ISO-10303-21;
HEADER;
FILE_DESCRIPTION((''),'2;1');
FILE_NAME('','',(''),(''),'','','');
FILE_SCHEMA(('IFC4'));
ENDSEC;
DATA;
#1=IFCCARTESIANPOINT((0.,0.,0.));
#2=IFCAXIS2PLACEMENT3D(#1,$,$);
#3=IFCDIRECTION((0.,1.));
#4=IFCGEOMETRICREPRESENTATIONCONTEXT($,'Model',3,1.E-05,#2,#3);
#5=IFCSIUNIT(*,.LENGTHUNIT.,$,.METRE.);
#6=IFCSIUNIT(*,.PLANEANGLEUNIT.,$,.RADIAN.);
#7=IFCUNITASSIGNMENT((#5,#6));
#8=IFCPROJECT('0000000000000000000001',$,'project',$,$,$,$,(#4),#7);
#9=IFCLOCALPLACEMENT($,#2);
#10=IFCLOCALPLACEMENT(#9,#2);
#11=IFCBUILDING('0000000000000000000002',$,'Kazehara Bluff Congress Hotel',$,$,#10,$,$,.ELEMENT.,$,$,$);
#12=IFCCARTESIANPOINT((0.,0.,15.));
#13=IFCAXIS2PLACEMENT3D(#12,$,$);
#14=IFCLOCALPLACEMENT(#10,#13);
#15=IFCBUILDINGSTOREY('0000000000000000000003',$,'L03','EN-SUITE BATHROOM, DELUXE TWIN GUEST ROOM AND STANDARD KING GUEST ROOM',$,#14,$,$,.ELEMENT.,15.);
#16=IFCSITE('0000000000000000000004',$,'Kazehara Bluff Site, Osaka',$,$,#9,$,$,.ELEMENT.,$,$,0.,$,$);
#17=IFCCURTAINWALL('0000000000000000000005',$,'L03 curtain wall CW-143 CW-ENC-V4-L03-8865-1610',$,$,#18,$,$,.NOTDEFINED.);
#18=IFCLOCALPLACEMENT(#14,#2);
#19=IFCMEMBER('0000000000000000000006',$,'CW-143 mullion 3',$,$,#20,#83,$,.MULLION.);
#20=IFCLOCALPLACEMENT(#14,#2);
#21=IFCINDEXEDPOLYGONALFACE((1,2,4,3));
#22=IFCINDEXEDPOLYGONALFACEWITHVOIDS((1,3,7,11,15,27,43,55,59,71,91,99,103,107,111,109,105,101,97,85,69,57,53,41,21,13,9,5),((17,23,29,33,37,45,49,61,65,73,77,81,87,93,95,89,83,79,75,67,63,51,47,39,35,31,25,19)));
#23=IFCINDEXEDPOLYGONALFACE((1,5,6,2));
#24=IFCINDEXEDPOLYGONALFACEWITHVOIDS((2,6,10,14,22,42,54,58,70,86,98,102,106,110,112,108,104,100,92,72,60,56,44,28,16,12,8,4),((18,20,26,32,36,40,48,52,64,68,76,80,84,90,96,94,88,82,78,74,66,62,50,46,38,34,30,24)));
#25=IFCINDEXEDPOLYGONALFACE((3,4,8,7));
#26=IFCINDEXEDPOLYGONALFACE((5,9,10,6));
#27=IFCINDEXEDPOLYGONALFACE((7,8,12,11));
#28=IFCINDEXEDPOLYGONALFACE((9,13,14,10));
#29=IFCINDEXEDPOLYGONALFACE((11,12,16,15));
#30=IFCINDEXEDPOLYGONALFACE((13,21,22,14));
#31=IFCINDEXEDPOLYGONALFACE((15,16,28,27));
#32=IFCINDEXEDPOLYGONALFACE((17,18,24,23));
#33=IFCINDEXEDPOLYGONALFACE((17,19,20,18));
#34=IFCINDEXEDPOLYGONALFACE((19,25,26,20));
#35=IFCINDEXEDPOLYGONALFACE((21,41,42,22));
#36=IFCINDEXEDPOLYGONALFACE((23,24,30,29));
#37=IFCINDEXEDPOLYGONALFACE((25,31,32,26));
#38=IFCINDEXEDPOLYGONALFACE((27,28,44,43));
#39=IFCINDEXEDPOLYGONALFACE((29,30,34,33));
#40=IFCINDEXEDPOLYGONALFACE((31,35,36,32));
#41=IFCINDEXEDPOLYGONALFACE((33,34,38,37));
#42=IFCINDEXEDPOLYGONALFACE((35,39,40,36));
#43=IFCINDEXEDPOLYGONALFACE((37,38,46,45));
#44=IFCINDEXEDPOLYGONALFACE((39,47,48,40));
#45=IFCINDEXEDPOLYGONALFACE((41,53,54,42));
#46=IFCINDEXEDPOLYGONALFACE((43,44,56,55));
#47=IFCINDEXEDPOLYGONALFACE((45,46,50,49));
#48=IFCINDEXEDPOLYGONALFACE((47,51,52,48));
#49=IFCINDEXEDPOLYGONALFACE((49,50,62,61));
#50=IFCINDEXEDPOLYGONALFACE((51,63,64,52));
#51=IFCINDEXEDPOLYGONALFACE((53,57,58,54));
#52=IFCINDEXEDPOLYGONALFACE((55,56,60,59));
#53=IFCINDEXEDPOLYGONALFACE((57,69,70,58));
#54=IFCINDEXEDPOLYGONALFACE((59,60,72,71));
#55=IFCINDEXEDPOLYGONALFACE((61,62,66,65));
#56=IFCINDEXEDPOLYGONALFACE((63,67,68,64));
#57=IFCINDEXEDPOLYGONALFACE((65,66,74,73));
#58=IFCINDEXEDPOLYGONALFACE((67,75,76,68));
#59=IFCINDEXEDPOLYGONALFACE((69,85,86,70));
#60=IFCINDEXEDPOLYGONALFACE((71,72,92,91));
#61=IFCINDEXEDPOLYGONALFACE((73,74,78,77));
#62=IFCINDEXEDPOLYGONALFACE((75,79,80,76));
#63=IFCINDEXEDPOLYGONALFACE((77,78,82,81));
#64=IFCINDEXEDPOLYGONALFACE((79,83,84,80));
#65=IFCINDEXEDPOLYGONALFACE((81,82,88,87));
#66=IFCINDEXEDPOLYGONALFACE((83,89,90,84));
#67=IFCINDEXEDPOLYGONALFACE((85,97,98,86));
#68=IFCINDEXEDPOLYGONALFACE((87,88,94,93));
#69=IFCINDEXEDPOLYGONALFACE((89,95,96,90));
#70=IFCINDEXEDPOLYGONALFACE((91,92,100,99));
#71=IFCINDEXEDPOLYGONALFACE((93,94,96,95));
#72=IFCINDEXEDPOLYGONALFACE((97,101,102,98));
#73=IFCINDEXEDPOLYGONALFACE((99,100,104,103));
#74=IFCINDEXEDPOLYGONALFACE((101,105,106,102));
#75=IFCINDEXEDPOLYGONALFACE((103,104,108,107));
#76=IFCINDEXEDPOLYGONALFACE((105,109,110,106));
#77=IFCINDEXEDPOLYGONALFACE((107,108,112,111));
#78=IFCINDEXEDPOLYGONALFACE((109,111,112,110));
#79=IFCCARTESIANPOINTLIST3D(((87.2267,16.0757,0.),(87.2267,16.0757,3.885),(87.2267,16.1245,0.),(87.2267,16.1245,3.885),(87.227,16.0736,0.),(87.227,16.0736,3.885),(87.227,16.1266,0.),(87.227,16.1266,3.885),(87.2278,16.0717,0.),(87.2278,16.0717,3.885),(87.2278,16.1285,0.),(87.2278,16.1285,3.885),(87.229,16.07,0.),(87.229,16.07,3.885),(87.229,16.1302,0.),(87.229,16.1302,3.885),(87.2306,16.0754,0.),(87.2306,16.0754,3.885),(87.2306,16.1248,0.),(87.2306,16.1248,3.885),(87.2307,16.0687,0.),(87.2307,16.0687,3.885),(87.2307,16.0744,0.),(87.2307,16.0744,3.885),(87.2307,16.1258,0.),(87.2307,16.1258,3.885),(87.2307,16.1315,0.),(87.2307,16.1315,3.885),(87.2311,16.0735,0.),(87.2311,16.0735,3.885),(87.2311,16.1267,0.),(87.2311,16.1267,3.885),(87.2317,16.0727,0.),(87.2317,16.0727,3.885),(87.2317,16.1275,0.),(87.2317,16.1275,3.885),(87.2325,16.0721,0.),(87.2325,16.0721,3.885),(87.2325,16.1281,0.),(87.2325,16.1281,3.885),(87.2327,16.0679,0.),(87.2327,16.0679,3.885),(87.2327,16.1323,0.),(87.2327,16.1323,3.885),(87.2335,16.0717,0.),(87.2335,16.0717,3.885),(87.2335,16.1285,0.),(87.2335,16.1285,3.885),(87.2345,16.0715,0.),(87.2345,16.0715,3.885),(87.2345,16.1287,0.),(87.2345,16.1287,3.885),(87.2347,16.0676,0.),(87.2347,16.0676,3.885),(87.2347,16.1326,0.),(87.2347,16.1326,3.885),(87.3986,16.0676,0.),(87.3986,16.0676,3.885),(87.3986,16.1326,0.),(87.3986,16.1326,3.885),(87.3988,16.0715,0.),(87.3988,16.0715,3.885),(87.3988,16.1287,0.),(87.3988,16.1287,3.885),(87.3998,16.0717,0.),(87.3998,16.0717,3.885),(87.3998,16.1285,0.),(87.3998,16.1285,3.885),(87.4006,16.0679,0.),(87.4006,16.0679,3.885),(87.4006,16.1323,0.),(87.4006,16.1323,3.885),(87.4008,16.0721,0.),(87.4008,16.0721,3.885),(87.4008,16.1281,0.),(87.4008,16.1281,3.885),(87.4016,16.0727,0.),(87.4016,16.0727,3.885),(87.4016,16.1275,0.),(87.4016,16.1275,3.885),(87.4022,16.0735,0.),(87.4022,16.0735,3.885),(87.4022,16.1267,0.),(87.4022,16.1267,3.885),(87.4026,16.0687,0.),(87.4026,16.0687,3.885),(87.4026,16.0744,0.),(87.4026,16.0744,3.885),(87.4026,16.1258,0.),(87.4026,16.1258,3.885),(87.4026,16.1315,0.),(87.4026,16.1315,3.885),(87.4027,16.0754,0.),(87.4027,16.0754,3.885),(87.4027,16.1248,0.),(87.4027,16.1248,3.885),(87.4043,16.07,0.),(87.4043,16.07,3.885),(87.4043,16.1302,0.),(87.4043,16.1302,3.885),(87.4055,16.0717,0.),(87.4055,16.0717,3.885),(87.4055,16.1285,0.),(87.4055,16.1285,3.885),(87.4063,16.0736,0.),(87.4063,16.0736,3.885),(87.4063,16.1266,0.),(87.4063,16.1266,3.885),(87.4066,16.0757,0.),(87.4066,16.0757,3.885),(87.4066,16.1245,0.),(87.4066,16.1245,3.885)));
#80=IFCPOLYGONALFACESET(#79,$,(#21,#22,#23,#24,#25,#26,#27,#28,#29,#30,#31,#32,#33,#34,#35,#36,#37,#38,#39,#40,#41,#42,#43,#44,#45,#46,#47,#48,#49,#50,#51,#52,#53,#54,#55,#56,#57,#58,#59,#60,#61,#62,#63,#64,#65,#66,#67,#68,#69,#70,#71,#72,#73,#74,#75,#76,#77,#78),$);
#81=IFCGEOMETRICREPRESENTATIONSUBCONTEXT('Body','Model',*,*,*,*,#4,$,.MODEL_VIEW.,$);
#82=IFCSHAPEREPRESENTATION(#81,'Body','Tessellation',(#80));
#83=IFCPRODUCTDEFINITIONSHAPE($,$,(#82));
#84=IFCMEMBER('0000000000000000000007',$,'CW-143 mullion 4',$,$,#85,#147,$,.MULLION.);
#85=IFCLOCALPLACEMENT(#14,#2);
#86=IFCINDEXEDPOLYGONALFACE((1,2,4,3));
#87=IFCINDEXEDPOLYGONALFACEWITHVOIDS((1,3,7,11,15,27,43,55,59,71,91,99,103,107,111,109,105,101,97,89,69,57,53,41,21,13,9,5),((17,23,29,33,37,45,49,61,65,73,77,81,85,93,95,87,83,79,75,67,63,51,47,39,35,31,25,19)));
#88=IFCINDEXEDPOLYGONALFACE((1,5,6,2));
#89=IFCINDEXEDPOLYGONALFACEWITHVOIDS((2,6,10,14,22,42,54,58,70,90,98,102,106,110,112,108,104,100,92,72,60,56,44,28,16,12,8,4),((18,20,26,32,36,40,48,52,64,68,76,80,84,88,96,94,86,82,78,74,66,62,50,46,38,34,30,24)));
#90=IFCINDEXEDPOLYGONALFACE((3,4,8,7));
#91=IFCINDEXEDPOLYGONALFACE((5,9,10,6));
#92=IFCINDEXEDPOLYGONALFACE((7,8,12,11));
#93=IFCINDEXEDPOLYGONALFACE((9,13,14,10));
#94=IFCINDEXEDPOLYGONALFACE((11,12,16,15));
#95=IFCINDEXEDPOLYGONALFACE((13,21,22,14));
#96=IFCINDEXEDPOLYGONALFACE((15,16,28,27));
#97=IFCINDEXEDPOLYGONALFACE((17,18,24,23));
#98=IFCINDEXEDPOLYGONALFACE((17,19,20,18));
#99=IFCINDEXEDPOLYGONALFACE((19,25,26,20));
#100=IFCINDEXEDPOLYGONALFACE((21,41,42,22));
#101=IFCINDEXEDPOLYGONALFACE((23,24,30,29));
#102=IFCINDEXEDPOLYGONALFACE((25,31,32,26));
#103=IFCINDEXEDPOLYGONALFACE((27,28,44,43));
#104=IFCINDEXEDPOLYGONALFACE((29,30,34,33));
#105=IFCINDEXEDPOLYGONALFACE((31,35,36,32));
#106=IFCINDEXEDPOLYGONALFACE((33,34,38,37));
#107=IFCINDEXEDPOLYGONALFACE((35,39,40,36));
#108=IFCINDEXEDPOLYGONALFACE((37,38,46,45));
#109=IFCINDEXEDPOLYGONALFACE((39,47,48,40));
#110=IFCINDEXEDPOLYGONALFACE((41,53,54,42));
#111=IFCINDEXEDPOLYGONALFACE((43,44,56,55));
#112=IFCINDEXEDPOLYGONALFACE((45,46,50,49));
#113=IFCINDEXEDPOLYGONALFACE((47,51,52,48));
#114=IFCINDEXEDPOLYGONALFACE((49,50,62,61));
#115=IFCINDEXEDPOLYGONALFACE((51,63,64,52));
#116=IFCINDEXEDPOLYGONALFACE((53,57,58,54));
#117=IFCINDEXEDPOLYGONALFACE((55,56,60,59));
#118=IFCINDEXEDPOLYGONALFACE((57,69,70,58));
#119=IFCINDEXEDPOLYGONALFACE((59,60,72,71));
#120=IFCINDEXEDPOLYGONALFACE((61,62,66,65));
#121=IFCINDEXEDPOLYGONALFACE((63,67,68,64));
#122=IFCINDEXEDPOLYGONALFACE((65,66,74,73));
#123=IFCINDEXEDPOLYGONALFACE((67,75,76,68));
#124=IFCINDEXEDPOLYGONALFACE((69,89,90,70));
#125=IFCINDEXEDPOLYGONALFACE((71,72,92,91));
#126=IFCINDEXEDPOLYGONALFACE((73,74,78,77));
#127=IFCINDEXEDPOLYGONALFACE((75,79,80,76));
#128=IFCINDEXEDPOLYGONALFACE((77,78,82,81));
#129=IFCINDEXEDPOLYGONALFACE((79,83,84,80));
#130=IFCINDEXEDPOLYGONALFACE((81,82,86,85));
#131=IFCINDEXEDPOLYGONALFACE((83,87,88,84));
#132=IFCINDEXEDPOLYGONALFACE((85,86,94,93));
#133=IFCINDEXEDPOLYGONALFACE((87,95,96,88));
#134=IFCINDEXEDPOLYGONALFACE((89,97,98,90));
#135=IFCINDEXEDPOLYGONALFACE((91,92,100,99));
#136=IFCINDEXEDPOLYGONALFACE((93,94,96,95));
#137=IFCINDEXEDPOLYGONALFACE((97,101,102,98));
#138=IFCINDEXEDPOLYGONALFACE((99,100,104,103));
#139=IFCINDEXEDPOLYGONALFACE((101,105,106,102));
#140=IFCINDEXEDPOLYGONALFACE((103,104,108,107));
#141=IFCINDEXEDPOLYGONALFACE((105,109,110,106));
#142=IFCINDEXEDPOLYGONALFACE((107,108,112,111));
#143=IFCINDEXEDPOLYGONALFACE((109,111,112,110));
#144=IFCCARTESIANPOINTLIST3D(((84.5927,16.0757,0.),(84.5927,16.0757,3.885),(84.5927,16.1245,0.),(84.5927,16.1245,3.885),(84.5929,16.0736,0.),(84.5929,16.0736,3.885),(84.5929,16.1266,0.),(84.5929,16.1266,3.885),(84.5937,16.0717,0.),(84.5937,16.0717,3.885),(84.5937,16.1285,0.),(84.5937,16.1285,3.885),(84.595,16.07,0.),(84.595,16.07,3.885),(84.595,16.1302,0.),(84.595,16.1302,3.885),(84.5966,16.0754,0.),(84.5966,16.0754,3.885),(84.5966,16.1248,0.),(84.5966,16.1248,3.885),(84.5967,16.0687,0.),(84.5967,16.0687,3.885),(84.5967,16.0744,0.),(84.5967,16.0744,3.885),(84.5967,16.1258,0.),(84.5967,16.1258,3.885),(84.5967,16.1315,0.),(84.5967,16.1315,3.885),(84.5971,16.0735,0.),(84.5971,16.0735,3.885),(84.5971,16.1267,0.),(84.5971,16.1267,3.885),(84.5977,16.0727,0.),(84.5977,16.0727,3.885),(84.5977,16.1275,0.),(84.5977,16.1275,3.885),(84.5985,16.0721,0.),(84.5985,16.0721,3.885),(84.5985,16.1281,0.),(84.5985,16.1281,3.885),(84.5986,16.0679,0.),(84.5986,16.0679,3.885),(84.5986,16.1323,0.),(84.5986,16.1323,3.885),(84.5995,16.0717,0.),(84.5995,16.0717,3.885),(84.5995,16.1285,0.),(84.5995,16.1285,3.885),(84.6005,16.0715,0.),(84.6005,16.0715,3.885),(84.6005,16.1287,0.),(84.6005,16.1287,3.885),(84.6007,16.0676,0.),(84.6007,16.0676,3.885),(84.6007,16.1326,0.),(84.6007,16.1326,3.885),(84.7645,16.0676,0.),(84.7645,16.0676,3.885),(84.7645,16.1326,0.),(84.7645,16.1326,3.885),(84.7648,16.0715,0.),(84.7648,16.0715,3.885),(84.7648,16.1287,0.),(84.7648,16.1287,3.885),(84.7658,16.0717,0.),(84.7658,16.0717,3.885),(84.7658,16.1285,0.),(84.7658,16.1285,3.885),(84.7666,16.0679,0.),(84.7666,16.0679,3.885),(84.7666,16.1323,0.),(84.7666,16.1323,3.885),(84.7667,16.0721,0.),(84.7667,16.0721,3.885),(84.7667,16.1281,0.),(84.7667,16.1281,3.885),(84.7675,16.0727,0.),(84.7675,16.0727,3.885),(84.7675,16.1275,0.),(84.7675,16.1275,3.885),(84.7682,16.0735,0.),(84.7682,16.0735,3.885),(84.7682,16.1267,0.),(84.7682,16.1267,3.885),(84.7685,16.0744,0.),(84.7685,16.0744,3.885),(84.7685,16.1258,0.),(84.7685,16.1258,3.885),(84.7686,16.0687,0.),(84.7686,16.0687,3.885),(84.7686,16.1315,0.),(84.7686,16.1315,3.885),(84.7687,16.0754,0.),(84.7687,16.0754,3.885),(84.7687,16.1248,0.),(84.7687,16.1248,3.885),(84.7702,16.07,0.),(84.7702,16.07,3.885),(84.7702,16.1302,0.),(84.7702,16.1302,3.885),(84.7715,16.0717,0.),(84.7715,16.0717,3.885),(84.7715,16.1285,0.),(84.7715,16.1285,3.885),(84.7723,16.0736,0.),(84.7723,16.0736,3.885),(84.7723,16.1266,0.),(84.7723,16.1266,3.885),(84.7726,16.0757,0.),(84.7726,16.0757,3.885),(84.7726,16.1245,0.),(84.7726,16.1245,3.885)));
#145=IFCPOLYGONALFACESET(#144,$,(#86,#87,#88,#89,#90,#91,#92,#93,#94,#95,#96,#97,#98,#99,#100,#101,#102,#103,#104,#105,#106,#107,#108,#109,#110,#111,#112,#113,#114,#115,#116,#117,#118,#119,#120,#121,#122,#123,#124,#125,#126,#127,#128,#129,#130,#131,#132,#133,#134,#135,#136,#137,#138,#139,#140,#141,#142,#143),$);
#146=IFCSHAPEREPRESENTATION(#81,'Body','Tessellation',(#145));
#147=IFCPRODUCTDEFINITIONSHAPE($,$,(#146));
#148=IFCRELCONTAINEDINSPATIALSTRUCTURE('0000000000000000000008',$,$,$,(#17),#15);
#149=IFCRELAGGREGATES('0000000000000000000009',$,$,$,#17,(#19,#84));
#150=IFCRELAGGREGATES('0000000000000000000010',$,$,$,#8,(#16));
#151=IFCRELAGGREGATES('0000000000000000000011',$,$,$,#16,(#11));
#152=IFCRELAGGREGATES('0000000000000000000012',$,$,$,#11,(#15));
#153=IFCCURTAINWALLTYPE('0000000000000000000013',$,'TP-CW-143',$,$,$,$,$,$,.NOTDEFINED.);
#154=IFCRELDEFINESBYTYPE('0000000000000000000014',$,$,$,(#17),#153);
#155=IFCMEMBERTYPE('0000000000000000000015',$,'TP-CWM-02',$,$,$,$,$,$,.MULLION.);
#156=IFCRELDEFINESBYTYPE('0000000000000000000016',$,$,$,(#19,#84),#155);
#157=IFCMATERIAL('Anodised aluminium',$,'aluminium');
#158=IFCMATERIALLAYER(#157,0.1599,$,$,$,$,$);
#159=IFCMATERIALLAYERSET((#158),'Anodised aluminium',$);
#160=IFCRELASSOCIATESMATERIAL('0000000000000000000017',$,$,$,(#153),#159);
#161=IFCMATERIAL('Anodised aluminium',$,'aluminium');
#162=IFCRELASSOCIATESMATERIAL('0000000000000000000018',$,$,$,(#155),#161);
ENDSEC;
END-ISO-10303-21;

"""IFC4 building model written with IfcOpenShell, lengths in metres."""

from ifc_helpers import new_model, si_unit, direction, frame, origin, origin_2d, place, context, subcontext, project, spatial, hollow_rectangle, extrude, material, layer, layer_set, material_profile, profile_set, type_object, element, aggregate, save


model = new_model("IFC4")

# Units and contexts
model_context = context("Model", 3, precision=1e-05, world=origin(), true_north=direction((0.0, 1.0)))
body_context = subcontext(model_context, "Body", "Model", "MODEL_VIEW")
ifc_project = project(units=[si_unit("LENGTHUNIT", "METRE"), si_unit("PLANEANGLEUNIT", "RADIAN")], contexts=[model_context])

# Site, building, storey
site_placement = place(None, origin())
site = spatial("IfcSite", under=ifc_project, at=site_placement, Name="Kazehara Bluff Site, Osaka", CompositionType="ELEMENT", RefElevation=0.0)
building_placement = place(site_placement, origin())
building = spatial("IfcBuilding", under=site, at=building_placement, Name="Kazehara Bluff Congress Hotel", CompositionType="ELEMENT")
storey_placement = place(building_placement, frame((0.0, 0.0, 15.0)))
storey = spatial("IfcBuildingStorey", under=building, at=storey_placement, Name="L03", Description="EN-SUITE BATHROOM, DELUXE TWIN GUEST ROOM AND STANDARD KING GUEST ROOM", CompositionType="ELEMENT", Elevation=15.0)

# Curtain wall, members
ifc_material_1 = material(Name="Anodised aluminium", Category="aluminium")
ifc_layer_1 = layer(ifc_material_1, 0.1599)
ifc_layer_set_1 = layer_set([ifc_layer_1], Name="Anodised aluminium")
curtain_wall_type = type_object("IfcCurtainWallType", Name="TP-CW-143", PredefinedType="NOTDEFINED", material=ifc_layer_set_1)
curtain_wall_placement = place(storey_placement, origin())
curtain_wall = element("IfcCurtainWall", 1, at=curtain_wall_placement, inside=storey, type_object=curtain_wall_type, Name="L03 curtain wall CW-143 CW-ENC-V4-L03-8865-1610", PredefinedType="NOTDEFINED")
ifc_material_2 = material(Name="Anodised aluminium", Category="aluminium")
ifc_material_profile_1 = material_profile(ifc_material_2, hollow_rectangle(XDim=0.0649, YDim=0.1799, WallThickness=0.0039, InnerFilletRadius=0.0039, OuterFilletRadius=0.0081, at=origin_2d()))
ifc_profile_set_1 = profile_set([ifc_material_profile_1], Name="Anodised aluminium")
member_type_1 = type_object("IfcMemberType", Name="TP-CWM-02", PredefinedType="MULLION", material=ifc_profile_set_1)
member_1_placement = place(storey_placement, frame((87.3167, 16.1001, 0.0), z_axis=(0.0, 0.0, 1.0), x_axis=(0.0, -1.0, 0.0)))
member_1 = element("IfcMember", 2, at=member_1_placement, type_object=member_type_1, Name="CW-143 mullion 3", PredefinedType="MULLION", context=body_context, shape_type="SweptSolid", body=[
    extrude(hollow_rectangle(XDim=0.0649, YDim=0.1799, WallThickness=0.0039, InnerFilletRadius=0.0039, OuterFilletRadius=0.0081, at=origin_2d()), origin(), (0.0, 0.0, 1.0), 3.885),
])
member_2_placement = place(storey_placement, frame((84.6826, 16.1001, 0.0), z_axis=(0.0, 0.0, 1.0), x_axis=(0.0, -1.0, 0.0)))
member_2 = element("IfcMember", 3, at=member_2_placement, type_object=member_type_1, Name="CW-143 mullion 4", PredefinedType="MULLION", context=body_context, shape_type="SweptSolid", body=[
    extrude(hollow_rectangle(XDim=0.0649, YDim=0.1799, WallThickness=0.0039, InnerFilletRadius=0.0039, OuterFilletRadius=0.0081, at=origin_2d()), origin(), (0.0, 0.0, 1.0), 3.885),
])

aggregate(curtain_wall, [member_1, member_2])

save(model, "model.ifc")
